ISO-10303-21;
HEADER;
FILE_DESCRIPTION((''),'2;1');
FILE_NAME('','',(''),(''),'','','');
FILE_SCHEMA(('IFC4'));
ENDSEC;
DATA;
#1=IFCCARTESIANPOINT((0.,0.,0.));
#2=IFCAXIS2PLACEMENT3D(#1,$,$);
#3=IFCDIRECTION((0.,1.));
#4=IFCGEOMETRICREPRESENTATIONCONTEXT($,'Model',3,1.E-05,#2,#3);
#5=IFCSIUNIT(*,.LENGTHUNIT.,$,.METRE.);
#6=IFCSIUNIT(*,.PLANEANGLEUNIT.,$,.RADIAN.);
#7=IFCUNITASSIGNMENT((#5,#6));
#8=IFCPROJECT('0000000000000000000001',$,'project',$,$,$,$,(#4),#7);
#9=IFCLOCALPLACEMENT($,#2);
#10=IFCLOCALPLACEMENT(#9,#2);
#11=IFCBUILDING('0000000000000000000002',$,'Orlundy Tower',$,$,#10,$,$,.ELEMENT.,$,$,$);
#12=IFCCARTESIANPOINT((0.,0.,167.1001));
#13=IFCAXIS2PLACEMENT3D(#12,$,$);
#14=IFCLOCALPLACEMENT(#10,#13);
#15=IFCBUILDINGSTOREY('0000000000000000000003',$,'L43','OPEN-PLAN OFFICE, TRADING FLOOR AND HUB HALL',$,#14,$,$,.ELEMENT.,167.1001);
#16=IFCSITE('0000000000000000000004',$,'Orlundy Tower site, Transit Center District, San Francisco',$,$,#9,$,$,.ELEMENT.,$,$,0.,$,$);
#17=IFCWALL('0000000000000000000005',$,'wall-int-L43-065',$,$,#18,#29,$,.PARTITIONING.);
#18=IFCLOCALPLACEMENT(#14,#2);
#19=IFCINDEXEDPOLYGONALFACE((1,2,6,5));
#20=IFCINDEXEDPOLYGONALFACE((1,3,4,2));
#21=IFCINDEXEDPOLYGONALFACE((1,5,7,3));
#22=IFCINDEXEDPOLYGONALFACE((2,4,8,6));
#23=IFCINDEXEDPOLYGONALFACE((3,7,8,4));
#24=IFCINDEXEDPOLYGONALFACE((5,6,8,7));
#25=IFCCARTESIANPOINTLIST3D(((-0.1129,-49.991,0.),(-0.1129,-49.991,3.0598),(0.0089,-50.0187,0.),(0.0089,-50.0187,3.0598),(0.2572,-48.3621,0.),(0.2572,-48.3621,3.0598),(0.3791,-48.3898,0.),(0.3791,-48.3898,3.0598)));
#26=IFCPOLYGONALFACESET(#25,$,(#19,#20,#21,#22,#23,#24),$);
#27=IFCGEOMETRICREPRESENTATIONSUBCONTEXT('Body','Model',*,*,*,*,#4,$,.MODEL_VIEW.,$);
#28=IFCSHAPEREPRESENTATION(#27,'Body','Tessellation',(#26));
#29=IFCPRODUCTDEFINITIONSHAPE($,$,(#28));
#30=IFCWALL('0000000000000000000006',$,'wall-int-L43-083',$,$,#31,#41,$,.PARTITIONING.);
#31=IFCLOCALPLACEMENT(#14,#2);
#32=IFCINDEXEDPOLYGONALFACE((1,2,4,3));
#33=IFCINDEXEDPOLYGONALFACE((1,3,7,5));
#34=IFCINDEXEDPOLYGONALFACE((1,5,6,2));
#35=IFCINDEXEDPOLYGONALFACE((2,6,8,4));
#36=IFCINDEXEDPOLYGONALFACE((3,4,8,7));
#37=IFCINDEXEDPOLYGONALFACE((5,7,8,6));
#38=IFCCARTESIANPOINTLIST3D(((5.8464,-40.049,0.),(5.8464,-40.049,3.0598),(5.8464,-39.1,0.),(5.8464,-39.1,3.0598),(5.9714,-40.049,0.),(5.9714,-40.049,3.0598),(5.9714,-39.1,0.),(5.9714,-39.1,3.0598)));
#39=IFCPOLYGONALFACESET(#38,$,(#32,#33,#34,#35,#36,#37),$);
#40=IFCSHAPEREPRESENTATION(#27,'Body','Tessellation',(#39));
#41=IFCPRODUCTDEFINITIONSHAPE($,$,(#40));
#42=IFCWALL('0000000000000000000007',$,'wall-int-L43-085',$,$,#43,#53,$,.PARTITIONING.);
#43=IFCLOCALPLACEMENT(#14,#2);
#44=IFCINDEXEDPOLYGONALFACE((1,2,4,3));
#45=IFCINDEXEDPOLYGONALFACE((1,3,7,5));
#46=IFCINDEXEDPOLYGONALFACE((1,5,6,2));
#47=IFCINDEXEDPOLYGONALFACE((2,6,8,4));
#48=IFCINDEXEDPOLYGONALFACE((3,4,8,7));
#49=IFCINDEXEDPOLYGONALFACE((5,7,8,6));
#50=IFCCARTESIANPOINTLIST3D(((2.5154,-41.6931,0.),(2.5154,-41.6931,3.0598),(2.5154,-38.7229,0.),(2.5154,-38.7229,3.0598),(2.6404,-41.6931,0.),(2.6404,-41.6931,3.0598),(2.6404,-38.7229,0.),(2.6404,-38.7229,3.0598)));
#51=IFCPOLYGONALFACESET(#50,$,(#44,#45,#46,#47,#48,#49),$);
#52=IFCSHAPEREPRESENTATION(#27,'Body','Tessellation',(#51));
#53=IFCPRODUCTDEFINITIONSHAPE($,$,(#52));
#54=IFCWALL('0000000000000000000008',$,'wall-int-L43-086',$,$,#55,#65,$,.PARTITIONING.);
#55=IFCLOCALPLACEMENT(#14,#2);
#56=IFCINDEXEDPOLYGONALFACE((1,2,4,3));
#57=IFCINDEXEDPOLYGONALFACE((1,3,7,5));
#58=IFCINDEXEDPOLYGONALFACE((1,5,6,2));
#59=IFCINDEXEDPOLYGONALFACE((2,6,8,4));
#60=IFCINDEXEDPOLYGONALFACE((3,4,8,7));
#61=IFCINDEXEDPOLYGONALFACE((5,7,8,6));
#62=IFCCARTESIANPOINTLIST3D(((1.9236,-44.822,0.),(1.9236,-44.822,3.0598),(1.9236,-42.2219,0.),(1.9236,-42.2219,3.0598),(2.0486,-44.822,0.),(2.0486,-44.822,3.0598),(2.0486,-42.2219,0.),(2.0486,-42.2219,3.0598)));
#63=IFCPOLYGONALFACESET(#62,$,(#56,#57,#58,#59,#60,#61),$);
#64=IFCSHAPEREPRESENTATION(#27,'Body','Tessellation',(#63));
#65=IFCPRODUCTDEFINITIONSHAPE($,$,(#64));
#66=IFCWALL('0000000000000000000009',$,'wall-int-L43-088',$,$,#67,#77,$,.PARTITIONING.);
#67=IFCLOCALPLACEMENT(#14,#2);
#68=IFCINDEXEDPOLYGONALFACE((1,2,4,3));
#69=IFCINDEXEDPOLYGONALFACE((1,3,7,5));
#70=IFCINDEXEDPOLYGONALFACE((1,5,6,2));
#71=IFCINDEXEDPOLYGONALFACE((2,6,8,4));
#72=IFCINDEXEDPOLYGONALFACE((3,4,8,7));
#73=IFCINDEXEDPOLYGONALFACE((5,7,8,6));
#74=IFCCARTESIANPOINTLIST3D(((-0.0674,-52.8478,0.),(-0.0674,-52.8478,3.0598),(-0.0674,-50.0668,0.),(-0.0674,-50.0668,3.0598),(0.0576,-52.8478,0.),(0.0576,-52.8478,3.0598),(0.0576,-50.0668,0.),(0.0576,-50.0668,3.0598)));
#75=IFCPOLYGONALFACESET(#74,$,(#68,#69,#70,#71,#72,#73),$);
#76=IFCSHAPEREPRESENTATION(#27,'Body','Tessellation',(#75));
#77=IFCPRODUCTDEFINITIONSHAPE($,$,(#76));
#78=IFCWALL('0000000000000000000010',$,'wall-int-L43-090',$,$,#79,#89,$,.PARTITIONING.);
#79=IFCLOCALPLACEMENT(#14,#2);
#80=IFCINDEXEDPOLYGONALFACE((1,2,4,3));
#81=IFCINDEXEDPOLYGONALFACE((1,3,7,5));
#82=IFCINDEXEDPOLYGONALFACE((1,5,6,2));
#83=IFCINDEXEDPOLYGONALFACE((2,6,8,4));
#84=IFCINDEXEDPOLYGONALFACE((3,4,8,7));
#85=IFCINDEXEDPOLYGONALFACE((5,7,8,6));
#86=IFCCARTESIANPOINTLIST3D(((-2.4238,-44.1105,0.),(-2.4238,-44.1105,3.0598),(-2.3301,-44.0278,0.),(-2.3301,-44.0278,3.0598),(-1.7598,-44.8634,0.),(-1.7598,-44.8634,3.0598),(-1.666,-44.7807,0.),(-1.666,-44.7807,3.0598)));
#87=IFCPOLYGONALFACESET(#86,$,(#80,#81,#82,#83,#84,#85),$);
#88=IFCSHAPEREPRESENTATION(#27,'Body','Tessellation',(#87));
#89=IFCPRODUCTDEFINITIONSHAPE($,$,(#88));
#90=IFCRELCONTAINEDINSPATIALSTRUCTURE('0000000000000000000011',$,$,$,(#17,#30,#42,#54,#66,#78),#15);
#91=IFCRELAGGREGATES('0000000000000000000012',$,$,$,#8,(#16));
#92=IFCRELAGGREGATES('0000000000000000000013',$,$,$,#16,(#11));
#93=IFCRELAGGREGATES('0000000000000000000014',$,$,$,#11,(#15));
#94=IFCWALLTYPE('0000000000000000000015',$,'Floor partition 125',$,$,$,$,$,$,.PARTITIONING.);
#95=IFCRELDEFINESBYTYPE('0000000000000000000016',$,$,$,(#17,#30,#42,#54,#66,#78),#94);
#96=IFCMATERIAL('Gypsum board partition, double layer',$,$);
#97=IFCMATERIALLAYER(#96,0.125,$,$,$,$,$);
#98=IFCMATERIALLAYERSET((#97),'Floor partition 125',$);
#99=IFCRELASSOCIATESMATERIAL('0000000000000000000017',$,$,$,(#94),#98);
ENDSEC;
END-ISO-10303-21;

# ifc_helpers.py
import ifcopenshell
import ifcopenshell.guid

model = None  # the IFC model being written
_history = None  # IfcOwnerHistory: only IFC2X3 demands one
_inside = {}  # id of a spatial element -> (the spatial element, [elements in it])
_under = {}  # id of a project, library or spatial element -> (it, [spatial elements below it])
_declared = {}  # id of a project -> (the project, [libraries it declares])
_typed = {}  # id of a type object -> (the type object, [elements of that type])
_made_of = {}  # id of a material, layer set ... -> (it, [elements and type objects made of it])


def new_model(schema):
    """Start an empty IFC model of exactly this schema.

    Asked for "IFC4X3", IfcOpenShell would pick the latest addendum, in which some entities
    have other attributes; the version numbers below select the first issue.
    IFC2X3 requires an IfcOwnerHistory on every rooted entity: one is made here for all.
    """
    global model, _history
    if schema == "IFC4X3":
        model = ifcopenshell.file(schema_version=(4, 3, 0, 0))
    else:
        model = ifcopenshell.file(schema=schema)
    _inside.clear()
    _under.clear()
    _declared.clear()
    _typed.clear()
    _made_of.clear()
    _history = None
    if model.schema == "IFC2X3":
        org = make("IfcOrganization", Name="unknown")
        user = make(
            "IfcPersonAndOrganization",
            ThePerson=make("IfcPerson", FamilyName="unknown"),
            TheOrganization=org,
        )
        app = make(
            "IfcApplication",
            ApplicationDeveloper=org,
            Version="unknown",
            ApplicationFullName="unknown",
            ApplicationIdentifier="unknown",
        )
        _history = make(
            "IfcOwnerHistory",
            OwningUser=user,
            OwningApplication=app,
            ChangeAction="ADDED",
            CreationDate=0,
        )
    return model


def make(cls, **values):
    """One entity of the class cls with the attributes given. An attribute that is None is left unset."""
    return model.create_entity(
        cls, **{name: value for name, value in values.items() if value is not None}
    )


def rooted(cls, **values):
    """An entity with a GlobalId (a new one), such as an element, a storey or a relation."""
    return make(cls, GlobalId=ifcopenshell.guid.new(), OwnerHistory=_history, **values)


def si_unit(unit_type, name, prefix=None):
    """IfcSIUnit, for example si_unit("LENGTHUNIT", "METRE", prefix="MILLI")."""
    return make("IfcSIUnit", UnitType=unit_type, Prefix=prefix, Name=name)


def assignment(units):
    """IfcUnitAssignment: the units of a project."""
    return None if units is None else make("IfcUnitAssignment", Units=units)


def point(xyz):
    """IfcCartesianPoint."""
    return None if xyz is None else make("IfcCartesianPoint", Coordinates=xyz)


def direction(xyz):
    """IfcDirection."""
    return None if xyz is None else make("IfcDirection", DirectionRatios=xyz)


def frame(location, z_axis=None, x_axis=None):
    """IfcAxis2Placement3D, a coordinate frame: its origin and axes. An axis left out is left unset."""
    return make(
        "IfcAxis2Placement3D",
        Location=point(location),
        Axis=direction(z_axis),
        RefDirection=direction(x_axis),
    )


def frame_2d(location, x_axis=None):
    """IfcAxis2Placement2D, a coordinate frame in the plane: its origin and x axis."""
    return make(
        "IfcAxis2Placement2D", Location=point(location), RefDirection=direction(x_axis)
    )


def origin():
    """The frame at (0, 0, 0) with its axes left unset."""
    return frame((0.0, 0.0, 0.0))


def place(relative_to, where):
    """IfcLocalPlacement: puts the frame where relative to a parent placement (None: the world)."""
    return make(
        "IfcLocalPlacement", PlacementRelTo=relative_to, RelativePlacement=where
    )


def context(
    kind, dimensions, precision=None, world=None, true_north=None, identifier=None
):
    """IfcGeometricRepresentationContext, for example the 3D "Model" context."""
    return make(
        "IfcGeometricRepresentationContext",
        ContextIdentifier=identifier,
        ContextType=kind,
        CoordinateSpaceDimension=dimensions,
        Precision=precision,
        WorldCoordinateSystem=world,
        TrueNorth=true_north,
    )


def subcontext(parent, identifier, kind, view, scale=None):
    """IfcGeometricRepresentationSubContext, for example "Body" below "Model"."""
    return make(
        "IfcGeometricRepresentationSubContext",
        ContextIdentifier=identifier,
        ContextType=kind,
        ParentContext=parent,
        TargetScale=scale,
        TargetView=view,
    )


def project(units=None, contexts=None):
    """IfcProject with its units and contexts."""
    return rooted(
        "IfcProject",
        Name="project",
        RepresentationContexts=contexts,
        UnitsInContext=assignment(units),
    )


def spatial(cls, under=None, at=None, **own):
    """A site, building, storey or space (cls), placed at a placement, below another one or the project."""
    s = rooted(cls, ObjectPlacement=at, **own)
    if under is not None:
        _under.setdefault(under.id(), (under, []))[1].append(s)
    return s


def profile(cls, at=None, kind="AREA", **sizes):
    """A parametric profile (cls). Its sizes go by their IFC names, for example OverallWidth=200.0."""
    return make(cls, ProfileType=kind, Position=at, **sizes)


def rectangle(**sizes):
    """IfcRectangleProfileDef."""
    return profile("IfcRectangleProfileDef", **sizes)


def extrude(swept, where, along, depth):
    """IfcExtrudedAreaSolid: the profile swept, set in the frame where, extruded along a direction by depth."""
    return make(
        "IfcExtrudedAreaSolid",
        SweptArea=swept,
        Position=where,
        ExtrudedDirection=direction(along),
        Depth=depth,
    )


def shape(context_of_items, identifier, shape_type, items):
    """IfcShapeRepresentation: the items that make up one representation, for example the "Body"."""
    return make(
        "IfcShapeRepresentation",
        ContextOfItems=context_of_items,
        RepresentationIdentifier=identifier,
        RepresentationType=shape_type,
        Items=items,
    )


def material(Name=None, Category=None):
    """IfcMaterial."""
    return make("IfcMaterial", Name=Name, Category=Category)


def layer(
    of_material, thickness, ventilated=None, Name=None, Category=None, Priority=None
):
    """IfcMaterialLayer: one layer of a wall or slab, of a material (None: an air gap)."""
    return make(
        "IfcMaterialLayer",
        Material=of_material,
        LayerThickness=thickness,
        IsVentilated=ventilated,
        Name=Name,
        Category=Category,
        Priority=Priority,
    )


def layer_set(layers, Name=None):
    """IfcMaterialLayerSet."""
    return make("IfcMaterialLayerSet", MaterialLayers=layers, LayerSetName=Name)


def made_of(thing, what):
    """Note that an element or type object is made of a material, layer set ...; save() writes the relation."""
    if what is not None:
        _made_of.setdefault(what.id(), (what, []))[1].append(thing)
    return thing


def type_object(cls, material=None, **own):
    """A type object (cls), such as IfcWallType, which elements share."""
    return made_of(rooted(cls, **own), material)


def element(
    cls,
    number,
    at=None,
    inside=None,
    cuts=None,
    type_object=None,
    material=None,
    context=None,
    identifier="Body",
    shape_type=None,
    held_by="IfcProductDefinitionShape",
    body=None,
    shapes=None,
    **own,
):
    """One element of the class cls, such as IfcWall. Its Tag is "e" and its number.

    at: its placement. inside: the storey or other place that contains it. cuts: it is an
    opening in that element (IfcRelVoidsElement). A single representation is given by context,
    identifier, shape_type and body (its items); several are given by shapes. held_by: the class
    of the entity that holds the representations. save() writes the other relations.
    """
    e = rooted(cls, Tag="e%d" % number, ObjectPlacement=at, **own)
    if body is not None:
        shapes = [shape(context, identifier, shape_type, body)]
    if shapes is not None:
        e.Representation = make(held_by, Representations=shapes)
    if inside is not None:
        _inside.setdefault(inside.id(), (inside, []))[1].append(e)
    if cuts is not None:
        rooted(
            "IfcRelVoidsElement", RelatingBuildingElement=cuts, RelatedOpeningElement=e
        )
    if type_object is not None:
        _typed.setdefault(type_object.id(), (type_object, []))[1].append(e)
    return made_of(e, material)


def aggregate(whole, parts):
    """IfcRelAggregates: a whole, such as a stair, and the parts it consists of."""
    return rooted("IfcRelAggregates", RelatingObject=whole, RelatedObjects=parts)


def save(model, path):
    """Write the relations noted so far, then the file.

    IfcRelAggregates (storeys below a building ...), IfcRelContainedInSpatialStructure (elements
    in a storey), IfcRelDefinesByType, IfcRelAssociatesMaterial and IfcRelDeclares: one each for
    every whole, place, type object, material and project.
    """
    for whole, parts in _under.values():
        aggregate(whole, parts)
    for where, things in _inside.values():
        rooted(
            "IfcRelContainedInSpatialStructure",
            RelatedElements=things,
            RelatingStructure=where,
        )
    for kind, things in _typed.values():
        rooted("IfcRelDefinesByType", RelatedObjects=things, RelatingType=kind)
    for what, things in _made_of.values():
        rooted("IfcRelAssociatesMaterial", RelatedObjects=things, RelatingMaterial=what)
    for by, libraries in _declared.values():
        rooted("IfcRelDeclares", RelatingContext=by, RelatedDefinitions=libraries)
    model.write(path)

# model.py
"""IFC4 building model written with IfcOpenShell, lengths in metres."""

from ifc_helpers import new_model, si_unit, direction, frame, frame_2d, origin, place, context, subcontext, project, spatial, rectangle, extrude, material, layer, layer_set, type_object, element, save


model = new_model("IFC4")

# Units and contexts
model_context = context("Model", 3, precision=1e-05, world=origin(), true_north=direction((0.0, 1.0)))
body_context = subcontext(model_context, "Body", "Model", "MODEL_VIEW")
ifc_project = project(units=[si_unit("LENGTHUNIT", "METRE"), si_unit("PLANEANGLEUNIT", "RADIAN")], contexts=[model_context])

# Site, building, storey
site_placement = place(None, origin())
site = spatial("IfcSite", under=ifc_project, at=site_placement, Name="Orlundy Tower site, Transit Center District, San Francisco", CompositionType="ELEMENT", RefElevation=0.0)
building_placement = place(site_placement, origin())
building = spatial("IfcBuilding", under=site, at=building_placement, Name="Orlundy Tower", CompositionType="ELEMENT")
storey_placement = place(building_placement, frame((0.0, 0.0, 167.1001)))
storey = spatial("IfcBuildingStorey", under=building, at=storey_placement, Name="L43", Description="OPEN-PLAN OFFICE, TRADING FLOOR AND HUB HALL", CompositionType="ELEMENT", Elevation=167.1001)

# Shared definitions
ifc_material_1 = material(Name="Gypsum board partition, double layer")
ifc_layer_1 = layer(ifc_material_1, 0.125)
ifc_layer_set_1 = layer_set([ifc_layer_1], Name="Floor partition 125")
wall_type_1 = type_object("IfcWallType", Name="Floor partition 125", PredefinedType="PARTITIONING", material=ifc_layer_set_1)

# Walls
wall_1_placement = place(storey_placement, frame((-0.052, -50.0049, 0.0), z_axis=(0.0, 0.0, 1.0), x_axis=(0.221571, 0.975144, 0.0)))
element("IfcWall", 1, at=wall_1_placement, inside=storey, type_object=wall_type_1, Name="wall-int-L43-065", PredefinedType="PARTITIONING", context=body_context, shape_type="SweptSolid", body=[
    extrude(rectangle(XDim=1.6704, YDim=0.125, at=frame_2d((0.8352, 0.0))), origin(), (0.0, 0.0, 1.0), 3.0598),
])
wall_2_placement = place(storey_placement, frame((5.9089, -40.0491, 0.0), z_axis=(0.0, 0.0, 1.0), x_axis=(0.0, 1.0, 0.0)))
element("IfcWall", 2, at=wall_2_placement, inside=storey, type_object=wall_type_1, Name="wall-int-L43-083", PredefinedType="PARTITIONING", context=body_context, shape_type="SweptSolid", body=[
    extrude(rectangle(XDim=0.949, YDim=0.125, at=frame_2d((0.4746, 0.0))), origin(), (0.0, 0.0, 1.0), 3.0598),
])
wall_3_placement = place(storey_placement, frame((2.5779, -41.6931, 0.0), z_axis=(0.0, 0.0, 1.0), x_axis=(0.0, 1.0, 0.0)))
element("IfcWall", 3, at=wall_3_placement, inside=storey, type_object=wall_type_1, Name="wall-int-L43-085", PredefinedType="PARTITIONING", context=body_context, shape_type="SweptSolid", body=[
    extrude(rectangle(XDim=2.9702, YDim=0.125, at=frame_2d((1.4851, 0.0))), origin(), (0.0, 0.0, 1.0), 3.0598),
])
wall_4_placement = place(storey_placement, frame((1.9861, -44.822, 0.0), z_axis=(0.0, 0.0, 1.0), x_axis=(0.0, 1.0, 0.0)))
element("IfcWall", 4, at=wall_4_placement, inside=storey, type_object=wall_type_1, Name="wall-int-L43-086", PredefinedType="PARTITIONING", context=body_context, shape_type="SweptSolid", body=[
    extrude(rectangle(XDim=2.6001, YDim=0.125, at=frame_2d((1.3, 0.0))), origin(), (0.0, 0.0, 1.0), 3.0598),
])
wall_5_placement = place(storey_placement, frame((-0.0049, -52.8479, 0.0), z_axis=(0.0, 0.0, 1.0), x_axis=(0.0, 1.0, 0.0)))
element("IfcWall", 5, at=wall_5_placement, inside=storey, type_object=wall_type_1, Name="wall-int-L43-088", PredefinedType="PARTITIONING", context=body_context, shape_type="SweptSolid", body=[
    extrude(rectangle(XDim=2.781, YDim=0.125, at=frame_2d((1.3906, 0.0))), origin(), (0.0, 0.0, 1.0), 3.0598),
])
wall_6_placement = place(storey_placement, frame((-1.7129, -44.822, 0.0), z_axis=(0.0, 0.0, 1.0), x_axis=(-0.661461, 0.74998, 0.0)))
element("IfcWall", 6, at=wall_6_placement, inside=storey, type_object=wall_type_1, Name="wall-int-L43-090", PredefinedType="PARTITIONING", context=body_context, shape_type="SweptSolid", body=[
    extrude(rectangle(XDim=1.0039, YDim=0.125, at=frame_2d((0.502, 0.0))), origin(), (0.0, 0.0, 1.0), 3.0598),
])

save(model, "model.ifc")
